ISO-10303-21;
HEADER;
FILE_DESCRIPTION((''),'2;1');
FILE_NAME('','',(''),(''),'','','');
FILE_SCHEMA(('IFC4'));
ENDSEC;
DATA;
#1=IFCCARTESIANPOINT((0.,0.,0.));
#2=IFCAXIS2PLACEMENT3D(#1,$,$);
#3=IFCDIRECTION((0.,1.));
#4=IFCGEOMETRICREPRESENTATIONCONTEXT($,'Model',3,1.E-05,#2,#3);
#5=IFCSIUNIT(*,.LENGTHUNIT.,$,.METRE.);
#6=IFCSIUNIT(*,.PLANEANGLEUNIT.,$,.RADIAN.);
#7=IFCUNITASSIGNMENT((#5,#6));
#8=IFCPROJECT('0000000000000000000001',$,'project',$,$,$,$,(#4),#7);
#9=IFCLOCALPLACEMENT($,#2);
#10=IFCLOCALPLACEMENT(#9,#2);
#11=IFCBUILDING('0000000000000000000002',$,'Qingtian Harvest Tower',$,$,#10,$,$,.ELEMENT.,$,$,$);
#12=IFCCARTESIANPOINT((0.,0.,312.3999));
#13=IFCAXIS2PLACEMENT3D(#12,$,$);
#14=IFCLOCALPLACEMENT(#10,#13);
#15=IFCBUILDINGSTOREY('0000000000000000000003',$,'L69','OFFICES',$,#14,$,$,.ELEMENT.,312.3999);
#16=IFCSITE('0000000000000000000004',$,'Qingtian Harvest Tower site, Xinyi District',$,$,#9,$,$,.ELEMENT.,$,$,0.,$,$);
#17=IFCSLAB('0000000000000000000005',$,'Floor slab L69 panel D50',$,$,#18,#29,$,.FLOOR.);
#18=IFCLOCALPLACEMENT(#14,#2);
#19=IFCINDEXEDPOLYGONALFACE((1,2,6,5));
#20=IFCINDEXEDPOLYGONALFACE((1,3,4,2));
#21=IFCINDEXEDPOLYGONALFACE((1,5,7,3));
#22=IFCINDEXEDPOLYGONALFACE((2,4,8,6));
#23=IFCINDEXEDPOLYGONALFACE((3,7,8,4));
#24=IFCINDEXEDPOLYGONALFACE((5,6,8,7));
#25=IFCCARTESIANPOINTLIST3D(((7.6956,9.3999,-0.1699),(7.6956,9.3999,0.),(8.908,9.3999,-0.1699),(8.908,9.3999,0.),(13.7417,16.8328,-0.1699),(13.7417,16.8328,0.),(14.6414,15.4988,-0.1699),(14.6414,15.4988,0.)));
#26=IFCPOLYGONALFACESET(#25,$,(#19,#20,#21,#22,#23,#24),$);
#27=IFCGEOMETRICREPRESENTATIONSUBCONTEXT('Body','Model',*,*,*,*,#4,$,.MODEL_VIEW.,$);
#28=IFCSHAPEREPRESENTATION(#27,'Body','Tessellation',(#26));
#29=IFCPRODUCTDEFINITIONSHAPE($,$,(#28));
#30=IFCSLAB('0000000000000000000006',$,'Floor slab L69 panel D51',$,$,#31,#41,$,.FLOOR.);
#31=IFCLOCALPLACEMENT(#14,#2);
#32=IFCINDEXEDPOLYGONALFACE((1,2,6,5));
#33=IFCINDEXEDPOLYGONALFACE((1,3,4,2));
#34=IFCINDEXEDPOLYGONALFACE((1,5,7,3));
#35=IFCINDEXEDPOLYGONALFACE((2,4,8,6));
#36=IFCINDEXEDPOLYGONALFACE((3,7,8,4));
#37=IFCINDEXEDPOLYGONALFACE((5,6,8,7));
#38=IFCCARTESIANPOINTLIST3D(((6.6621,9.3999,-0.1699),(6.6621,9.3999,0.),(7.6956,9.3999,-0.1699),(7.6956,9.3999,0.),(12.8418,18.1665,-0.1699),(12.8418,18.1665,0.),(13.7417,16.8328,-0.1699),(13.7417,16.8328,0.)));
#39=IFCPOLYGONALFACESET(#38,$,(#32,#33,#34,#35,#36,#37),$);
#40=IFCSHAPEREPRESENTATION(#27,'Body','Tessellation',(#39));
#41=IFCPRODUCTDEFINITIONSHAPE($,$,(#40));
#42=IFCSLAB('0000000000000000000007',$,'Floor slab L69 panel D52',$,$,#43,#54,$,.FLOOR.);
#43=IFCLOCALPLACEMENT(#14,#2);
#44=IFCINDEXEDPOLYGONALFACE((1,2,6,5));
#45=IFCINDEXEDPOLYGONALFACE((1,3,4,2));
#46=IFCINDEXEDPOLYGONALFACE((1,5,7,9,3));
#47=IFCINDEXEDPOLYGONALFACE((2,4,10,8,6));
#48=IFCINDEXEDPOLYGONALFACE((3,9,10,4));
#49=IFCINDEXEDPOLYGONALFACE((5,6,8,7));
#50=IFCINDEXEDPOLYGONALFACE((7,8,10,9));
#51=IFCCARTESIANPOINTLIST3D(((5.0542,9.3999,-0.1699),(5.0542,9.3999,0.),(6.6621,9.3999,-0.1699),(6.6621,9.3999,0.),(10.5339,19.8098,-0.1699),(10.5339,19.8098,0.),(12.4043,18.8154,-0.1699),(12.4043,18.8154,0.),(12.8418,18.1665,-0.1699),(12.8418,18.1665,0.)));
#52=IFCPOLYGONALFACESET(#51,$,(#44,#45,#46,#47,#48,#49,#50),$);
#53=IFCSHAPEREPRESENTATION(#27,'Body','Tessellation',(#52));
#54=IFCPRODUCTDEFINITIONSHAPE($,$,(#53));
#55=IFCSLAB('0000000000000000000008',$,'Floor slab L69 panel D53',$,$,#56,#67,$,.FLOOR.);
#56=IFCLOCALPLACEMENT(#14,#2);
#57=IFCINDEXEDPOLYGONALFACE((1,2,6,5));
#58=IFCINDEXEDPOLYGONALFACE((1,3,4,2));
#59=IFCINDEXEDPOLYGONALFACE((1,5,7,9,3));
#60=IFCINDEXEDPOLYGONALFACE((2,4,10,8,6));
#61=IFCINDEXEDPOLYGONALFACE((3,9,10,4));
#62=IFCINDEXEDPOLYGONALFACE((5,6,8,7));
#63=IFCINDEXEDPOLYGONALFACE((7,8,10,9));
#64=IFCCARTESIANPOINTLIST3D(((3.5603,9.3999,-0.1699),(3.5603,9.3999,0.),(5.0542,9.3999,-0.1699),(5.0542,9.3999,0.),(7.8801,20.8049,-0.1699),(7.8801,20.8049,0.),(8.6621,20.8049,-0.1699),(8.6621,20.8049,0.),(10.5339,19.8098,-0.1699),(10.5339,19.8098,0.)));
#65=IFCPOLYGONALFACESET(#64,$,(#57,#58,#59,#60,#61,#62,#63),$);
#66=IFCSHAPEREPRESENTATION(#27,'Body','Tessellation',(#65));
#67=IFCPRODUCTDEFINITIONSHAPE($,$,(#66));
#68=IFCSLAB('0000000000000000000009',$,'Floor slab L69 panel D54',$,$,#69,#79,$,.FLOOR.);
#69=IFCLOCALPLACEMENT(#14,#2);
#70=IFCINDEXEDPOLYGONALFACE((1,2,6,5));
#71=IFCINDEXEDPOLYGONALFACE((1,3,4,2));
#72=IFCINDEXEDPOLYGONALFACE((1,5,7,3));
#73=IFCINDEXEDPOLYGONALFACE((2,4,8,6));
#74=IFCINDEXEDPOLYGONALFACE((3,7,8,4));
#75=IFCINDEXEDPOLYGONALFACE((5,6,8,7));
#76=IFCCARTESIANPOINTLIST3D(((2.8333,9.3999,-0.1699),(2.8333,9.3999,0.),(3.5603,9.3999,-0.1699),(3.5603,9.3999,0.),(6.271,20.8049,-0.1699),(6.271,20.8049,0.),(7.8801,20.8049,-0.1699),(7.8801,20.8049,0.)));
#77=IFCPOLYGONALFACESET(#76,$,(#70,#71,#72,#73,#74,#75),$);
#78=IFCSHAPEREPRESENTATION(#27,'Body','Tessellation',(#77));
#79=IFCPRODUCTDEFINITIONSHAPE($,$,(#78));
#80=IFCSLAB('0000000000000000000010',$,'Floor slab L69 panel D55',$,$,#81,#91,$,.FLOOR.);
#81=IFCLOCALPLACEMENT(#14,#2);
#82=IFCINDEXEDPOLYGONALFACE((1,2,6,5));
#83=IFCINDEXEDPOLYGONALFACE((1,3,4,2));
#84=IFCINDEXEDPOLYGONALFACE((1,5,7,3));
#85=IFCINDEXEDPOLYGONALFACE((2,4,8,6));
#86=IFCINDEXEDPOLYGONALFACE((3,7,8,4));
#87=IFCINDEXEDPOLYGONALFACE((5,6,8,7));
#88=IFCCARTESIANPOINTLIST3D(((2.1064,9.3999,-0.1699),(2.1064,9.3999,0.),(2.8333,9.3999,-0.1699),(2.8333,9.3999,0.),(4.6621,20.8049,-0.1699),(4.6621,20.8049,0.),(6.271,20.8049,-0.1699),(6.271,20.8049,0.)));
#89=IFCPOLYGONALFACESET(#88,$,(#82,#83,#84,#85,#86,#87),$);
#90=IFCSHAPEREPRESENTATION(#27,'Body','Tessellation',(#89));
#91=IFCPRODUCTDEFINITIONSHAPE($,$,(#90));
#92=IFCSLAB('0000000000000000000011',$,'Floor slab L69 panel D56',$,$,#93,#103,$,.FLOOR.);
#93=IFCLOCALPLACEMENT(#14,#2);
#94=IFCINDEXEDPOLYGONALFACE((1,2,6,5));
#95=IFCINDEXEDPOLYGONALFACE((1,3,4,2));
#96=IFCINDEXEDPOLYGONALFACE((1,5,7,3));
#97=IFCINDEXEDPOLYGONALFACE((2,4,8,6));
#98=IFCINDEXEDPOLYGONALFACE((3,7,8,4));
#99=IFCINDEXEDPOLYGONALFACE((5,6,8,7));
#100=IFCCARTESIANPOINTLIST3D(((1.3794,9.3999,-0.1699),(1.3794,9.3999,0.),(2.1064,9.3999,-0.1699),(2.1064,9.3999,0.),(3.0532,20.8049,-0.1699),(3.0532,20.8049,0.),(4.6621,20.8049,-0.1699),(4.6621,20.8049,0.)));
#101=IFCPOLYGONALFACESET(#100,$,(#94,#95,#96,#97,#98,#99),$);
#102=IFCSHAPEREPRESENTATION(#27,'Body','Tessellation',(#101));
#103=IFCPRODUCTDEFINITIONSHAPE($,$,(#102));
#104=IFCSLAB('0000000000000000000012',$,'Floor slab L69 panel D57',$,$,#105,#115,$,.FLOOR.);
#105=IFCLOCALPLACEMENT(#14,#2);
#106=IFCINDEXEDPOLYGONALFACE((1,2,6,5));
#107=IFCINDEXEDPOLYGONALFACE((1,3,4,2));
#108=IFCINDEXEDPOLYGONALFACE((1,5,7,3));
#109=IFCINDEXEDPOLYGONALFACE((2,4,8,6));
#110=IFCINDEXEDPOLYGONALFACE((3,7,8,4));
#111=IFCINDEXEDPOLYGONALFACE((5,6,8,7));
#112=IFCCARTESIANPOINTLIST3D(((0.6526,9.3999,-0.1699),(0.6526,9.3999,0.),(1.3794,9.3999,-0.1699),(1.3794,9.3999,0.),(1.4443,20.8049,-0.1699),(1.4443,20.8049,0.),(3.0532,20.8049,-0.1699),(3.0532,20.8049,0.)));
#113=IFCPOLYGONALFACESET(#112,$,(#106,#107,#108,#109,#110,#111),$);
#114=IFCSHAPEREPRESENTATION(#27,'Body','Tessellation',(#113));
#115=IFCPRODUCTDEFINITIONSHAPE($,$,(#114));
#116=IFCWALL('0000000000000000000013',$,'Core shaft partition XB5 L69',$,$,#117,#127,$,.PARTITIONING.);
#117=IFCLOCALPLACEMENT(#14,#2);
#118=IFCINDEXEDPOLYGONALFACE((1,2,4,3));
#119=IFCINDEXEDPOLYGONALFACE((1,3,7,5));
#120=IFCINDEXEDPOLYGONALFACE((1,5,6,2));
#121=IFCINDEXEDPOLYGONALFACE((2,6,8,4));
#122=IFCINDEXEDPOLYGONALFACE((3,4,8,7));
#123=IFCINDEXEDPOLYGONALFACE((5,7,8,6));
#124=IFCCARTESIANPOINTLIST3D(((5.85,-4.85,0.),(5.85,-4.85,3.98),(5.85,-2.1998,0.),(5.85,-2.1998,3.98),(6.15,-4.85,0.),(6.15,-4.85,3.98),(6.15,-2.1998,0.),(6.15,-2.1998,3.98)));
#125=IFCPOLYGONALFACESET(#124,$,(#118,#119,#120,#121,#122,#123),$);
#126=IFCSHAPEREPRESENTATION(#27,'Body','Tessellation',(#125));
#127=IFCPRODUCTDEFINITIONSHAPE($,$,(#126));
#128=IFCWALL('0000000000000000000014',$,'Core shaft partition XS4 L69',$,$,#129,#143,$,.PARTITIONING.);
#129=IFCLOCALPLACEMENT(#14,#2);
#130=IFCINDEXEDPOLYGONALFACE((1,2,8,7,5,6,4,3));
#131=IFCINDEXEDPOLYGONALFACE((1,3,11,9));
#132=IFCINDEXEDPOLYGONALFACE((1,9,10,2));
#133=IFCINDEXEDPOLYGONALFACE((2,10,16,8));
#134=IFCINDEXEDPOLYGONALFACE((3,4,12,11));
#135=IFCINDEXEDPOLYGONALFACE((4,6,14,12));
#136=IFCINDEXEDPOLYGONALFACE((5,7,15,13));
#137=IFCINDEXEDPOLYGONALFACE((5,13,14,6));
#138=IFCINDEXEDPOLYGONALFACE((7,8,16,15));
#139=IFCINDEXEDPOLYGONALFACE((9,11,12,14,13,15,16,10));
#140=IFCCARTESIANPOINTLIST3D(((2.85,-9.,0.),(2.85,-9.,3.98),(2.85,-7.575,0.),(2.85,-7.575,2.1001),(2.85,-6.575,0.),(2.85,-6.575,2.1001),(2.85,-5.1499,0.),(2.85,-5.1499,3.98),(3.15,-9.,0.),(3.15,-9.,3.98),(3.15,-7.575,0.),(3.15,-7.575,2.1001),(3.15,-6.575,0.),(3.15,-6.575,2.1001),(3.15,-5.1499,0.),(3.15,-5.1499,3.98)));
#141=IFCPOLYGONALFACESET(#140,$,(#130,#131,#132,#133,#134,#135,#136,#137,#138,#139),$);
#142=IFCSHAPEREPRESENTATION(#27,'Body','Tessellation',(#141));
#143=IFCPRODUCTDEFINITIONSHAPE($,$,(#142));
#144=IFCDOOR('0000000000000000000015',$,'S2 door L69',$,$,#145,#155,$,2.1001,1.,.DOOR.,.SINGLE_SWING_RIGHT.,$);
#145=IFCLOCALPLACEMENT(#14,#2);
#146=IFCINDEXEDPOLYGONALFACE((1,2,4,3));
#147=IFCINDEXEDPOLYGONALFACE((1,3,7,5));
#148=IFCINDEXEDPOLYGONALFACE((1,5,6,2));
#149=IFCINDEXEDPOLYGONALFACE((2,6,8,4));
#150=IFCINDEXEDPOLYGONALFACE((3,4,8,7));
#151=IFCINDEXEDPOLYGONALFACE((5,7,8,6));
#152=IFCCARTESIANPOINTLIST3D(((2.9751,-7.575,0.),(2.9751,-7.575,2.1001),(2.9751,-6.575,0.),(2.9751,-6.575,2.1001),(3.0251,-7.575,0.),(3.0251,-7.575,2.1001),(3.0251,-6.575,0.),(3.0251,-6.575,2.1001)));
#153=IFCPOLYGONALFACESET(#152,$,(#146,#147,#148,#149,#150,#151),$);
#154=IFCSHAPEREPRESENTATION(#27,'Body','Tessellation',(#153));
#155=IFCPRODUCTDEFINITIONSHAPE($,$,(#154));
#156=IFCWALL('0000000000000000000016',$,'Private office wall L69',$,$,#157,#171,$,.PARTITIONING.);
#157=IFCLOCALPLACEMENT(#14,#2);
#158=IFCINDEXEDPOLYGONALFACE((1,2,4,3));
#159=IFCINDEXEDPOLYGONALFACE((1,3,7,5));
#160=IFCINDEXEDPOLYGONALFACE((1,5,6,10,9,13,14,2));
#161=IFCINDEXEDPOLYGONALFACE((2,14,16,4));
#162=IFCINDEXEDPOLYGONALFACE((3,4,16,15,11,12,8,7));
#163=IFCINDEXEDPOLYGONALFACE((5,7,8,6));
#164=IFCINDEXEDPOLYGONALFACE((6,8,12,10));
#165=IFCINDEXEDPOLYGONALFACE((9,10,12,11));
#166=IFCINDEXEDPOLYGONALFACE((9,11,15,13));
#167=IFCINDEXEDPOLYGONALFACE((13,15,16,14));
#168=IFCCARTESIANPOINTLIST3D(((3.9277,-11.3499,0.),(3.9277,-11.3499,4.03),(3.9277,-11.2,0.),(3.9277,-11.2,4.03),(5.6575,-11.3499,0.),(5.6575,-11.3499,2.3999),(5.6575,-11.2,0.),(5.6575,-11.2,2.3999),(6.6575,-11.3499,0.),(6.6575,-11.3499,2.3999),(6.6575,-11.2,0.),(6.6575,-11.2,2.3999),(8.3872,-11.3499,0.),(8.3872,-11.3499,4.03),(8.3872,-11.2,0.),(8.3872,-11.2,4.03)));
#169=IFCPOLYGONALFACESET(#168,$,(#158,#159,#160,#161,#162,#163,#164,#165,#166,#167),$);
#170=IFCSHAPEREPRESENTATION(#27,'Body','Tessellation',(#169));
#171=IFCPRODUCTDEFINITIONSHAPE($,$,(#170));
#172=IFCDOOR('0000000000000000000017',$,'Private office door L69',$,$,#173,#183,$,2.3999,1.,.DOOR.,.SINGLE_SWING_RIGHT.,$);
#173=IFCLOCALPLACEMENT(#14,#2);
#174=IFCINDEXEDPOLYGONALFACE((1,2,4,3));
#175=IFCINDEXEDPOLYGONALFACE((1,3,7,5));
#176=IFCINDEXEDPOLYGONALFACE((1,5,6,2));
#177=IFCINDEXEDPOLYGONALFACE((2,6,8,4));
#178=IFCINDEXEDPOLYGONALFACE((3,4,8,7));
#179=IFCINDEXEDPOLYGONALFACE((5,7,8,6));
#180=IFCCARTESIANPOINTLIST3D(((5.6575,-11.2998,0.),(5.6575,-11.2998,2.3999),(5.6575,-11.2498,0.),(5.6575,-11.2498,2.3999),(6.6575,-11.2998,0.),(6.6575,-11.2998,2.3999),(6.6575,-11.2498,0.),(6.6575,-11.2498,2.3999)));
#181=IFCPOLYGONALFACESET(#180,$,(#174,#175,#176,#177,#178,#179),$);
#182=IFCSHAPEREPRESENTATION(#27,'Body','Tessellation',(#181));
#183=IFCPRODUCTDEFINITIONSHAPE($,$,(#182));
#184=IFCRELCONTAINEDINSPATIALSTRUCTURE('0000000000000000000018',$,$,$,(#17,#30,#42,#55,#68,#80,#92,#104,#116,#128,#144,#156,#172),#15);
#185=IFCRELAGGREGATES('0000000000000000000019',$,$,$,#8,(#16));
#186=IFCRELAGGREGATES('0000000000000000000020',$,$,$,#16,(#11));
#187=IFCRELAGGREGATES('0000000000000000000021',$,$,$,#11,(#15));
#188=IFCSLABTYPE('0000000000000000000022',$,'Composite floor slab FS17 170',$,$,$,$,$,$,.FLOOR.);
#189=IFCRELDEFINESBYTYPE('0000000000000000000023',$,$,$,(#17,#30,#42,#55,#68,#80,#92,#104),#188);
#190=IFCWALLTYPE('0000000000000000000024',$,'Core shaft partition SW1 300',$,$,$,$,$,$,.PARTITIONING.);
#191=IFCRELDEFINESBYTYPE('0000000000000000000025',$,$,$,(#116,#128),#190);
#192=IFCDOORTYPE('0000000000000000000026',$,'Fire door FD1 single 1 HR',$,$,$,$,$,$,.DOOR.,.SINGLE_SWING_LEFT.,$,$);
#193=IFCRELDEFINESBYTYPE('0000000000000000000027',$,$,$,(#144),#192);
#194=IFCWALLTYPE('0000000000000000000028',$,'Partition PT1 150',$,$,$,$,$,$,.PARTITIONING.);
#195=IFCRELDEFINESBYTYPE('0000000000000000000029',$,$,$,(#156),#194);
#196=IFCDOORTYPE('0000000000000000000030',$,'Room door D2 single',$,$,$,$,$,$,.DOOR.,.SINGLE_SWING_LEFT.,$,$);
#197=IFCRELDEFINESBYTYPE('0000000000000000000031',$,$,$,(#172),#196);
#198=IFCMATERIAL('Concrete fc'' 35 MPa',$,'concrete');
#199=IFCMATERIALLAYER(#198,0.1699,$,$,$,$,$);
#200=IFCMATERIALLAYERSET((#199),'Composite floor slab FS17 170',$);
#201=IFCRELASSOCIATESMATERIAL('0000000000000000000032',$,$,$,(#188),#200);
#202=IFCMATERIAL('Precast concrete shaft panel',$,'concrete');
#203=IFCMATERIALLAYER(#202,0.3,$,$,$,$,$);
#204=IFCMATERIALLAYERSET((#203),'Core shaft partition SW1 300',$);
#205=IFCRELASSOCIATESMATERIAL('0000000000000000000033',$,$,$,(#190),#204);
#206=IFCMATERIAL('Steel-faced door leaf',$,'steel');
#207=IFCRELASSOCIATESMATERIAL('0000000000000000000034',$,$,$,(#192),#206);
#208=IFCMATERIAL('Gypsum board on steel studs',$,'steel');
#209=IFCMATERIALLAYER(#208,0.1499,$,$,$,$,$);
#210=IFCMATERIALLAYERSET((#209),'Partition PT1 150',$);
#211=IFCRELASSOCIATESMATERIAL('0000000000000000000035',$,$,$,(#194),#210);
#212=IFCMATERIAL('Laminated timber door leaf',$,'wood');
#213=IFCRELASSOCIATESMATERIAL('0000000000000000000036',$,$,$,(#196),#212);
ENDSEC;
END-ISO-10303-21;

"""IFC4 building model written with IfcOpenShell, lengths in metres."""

from ifc_helpers import new_model, si_unit, direction, frame, frame_2d, origin, place, context, subcontext, project, spatial, polyline, rectangle, outline, extrude, material, layer, layer_set, type_object, element, fill, save


model = new_model("IFC4")

# Units and contexts
model_context = context("Model", 3, precision=1e-05, world=origin(), true_north=direction((0.0, 1.0)))
body_context = subcontext(model_context, "Body", "Model", "MODEL_VIEW")
ifc_project = project(units=[si_unit("LENGTHUNIT", "METRE"), si_unit("PLANEANGLEUNIT", "RADIAN")], contexts=[model_context])

# Site, building, storey
site_placement = place(None, origin())
site = spatial("IfcSite", under=ifc_project, at=site_placement, Name="Qingtian Harvest Tower site, Xinyi District", CompositionType="ELEMENT", RefElevation=0.0)
building_placement = place(site_placement, origin())
building = spatial("IfcBuilding", under=site, at=building_placement, Name="Qingtian Harvest Tower", CompositionType="ELEMENT")
storey_placement = place(building_placement, frame((0.0, 0.0, 312.3999)))
storey = spatial("IfcBuildingStorey", under=building, at=storey_placement, Name="L69", Description="OFFICES", CompositionType="ELEMENT", Elevation=312.3999)

# Slabs
ifc_material_1 = material(Name="Concrete fc' 35 MPa", Category="concrete")
ifc_layer_1 = layer(ifc_material_1, 0.1699)
ifc_layer_set_1 = layer_set([ifc_layer_1], Name="Composite floor slab FS17 170")
slab_type = type_object("IfcSlabType", Name="Composite floor slab FS17 170", PredefinedType="FLOOR", material=ifc_layer_set_1)
slab_1_placement = place(storey_placement, frame((0.0, 0.0, -0.1699)))
element("IfcSlab", 1, at=slab_1_placement, inside=storey, type_object=slab_type, Name="Floor slab L69 panel D50", PredefinedType="FLOOR", context=body_context, shape_type="SweptSolid", body=[
    extrude(outline(polyline([(7.6956, 9.3999), (13.7417, 16.8328), (14.6414, 15.4988), (8.908, 9.3999), (7.6956, 9.3999)])), origin(), (0.0, 0.0, 1.0), 0.1699),
])
slab_2_placement = place(storey_placement, frame((0.0, 0.0, -0.1699)))
element("IfcSlab", 2, at=slab_2_placement, inside=storey, type_object=slab_type, Name="Floor slab L69 panel D51", PredefinedType="FLOOR", context=body_context, shape_type="SweptSolid", body=[
    extrude(outline(polyline([(6.6621, 9.3999), (12.8418, 18.1665), (13.7417, 16.8328), (7.6956, 9.3999), (6.6621, 9.3999)])), origin(), (0.0, 0.0, 1.0), 0.1699),
])
slab_3_placement = place(storey_placement, frame((0.0, 0.0, -0.1699)))
element("IfcSlab", 3, at=slab_3_placement, inside=storey, type_object=slab_type, Name="Floor slab L69 panel D52", PredefinedType="FLOOR", context=body_context, shape_type="SweptSolid", body=[
    extrude(outline(polyline([(6.6621, 9.3999), (5.0542, 9.3999), (10.5339, 19.8098), (12.4043, 18.8154), (12.8418, 18.1665), (6.6621, 9.3999)])), origin(), (0.0, 0.0, 1.0), 0.1699),
])
slab_4_placement = place(storey_placement, frame((0.0, 0.0, -0.1699)))
element("IfcSlab", 4, at=slab_4_placement, inside=storey, type_object=slab_type, Name="Floor slab L69 panel D53", PredefinedType="FLOOR", context=body_context, shape_type="SweptSolid", body=[
    extrude(outline(polyline([(3.5603, 9.3999), (7.8801, 20.8049), (8.6621, 20.8049), (10.5339, 19.8098), (5.0542, 9.3999), (3.5603, 9.3999)])), origin(), (0.0, 0.0, 1.0), 0.1699),
])
slab_5_placement = place(storey_placement, frame((0.0, 0.0, -0.1699)))
element("IfcSlab", 5, at=slab_5_placement, inside=storey, type_object=slab_type, Name="Floor slab L69 panel D54", PredefinedType="FLOOR", context=body_context, shape_type="SweptSolid", body=[
    extrude(outline(polyline([(2.8333, 9.3999), (6.271, 20.8049), (7.8801, 20.8049), (3.5603, 9.3999), (2.8333, 9.3999)])), origin(), (0.0, 0.0, 1.0), 0.1699),
])
slab_6_placement = place(storey_placement, frame((0.0, 0.0, -0.1699)))
element("IfcSlab", 6, at=slab_6_placement, inside=storey, type_object=slab_type, Name="Floor slab L69 panel D55", PredefinedType="FLOOR", context=body_context, shape_type="SweptSolid", body=[
    extrude(outline(polyline([(2.1064, 9.3999), (4.6621, 20.8049), (6.271, 20.8049), (2.8333, 9.3999), (2.1064, 9.3999)])), origin(), (0.0, 0.0, 1.0), 0.1699),
])
slab_7_placement = place(storey_placement, frame((0.0, 0.0, -0.1699)))
element("IfcSlab", 7, at=slab_7_placement, inside=storey, type_object=slab_type, Name="Floor slab L69 panel D56", PredefinedType="FLOOR", context=body_context, shape_type="SweptSolid", body=[
    extrude(outline(polyline([(1.3794, 9.3999), (3.0532, 20.8049), (4.6621, 20.8049), (2.1064, 9.3999), (1.3794, 9.3999)])), origin(), (0.0, 0.0, 1.0), 0.1699),
])
slab_8_placement = place(storey_placement, frame((0.0, 0.0, -0.1699)))
element("IfcSlab", 8, at=slab_8_placement, inside=storey, type_object=slab_type, Name="Floor slab L69 panel D57", PredefinedType="FLOOR", context=body_context, shape_type="SweptSolid", body=[
    extrude(outline(polyline([(0.6526, 9.3999), (1.4443, 20.8049), (3.0532, 20.8049), (1.3794, 9.3999), (0.6526, 9.3999)])), origin(), (0.0, 0.0, 1.0), 0.1699),
])

# Wall
ifc_material_2 = material(Name="Precast concrete shaft panel", Category="concrete")
ifc_layer_2 = layer(ifc_material_2, 0.3)
ifc_layer_set_2 = layer_set([ifc_layer_2], Name="Core shaft partition SW1 300")
wall_type_1 = type_object("IfcWallType", Name="Core shaft partition SW1 300", PredefinedType="PARTITIONING", material=ifc_layer_set_2)
wall_1_placement = place(storey_placement, frame((6.0, -4.8501, 0.0), z_axis=(0.0, 0.0, 1.0), x_axis=(0.0, 1.0, 0.0)))
element("IfcWall", 9, at=wall_1_placement, inside=storey, type_object=wall_type_1, Name="Core shaft partition XB5 L69", PredefinedType="PARTITIONING", context=body_context, shape_type="SweptSolid", body=[
    extrude(rectangle(XDim=2.6501, YDim=0.3, at=frame_2d((1.3252, 0.0))), origin(), (0.0, 0.0, 1.0), 3.98),
])

# Walls, openings, doors
wall_2_placement = place(storey_placement, frame((3.0, -9.0, 0.0), z_axis=(0.0, 0.0, 1.0), x_axis=(0.0, 1.0, 0.0)))
wall_2 = element("IfcWall", 10, at=wall_2_placement, inside=storey, type_object=wall_type_1, Name="Core shaft partition XS4 L69", PredefinedType="PARTITIONING", context=body_context, shape_type="SweptSolid", body=[
    extrude(rectangle(XDim=3.8501, YDim=0.3, at=frame_2d((1.925, 0.0))), origin(), (0.0, 0.0, 1.0), 3.98),
])
opening_1_placement = place(wall_2_placement, frame((1.425, 0.0, 0.0)))
opening_1 = element("IfcOpeningElement", 11, at=opening_1_placement, cuts=wall_2, PredefinedType="OPENING", context=body_context, shape_type="SweptSolid", body=[
    extrude(rectangle(XDim=1.0, YDim=2.1001, at=frame_2d((0.5, 1.05))), frame((0.0, 0.1599, 0.0), z_axis=(0.0, -1.0, 0.0), x_axis=(1.0, 0.0, 0.0)), (0.0, 0.0, 1.0), 0.3201),
])
ifc_material_3 = material(Name="Steel-faced door leaf", Category="steel")
door_type_1 = type_object("IfcDoorType", Name="Fire door FD1 single 1 HR", OperationType="SINGLE_SWING_LEFT", PredefinedType="DOOR", material=ifc_material_3)
door_1_placement = place(opening_1_placement, origin())
door_1 = element("IfcDoor", 12, at=door_1_placement, inside=storey, type_object=door_type_1, Name="S2 door L69", OperationType="SINGLE_SWING_RIGHT", OverallHeight=2.1001, OverallWidth=1.0, PredefinedType="DOOR", context=body_context, shape_type="SweptSolid", body=[
    extrude(rectangle(XDim=1.0, YDim=2.1001, at=frame_2d((0.5, 1.05))), frame((0.0, 0.0249, 0.0), z_axis=(0.0, -1.0, 0.0), x_axis=(1.0, 0.0, 0.0)), (0.0, 0.0, 1.0), 0.05),
])
fill(opening_1, door_1)
ifc_material_4 = material(Name="Gypsum board on steel studs", Category="steel")
ifc_layer_3 = layer(ifc_material_4, 0.1499)
ifc_layer_set_3 = layer_set([ifc_layer_3], Name="Partition PT1 150")
wall_type_2 = type_object("IfcWallType", Name="Partition PT1 150", PredefinedType="PARTITIONING", material=ifc_layer_set_3)
wall_3_placement = place(storey_placement, frame((8.3872, -11.2749, 0.0), z_axis=(0.0, 0.0, 1.0), x_axis=(-1.0, 0.0, 0.0)))
wall_3 = element("IfcWall", 13, at=wall_3_placement, inside=storey, type_object=wall_type_2, Name="Private office wall L69", PredefinedType="PARTITIONING", context=body_context, shape_type="SweptSolid", body=[
    extrude(rectangle(XDim=4.4595, YDim=0.1499, at=frame_2d((2.2297, 0.0))), origin(), (0.0, 0.0, 1.0), 4.03),
])
opening_2_placement = place(wall_3_placement, frame((1.7297, 0.0, 0.0)))
opening_2 = element("IfcOpeningElement", 14, at=opening_2_placement, cuts=wall_3, PredefinedType="OPENING", context=body_context, shape_type="SweptSolid", body=[
    extrude(rectangle(XDim=1.0, YDim=2.3999, at=frame_2d((0.5, 1.2))), frame((0.0, 0.085, 0.0), z_axis=(0.0, -1.0, 0.0), x_axis=(1.0, 0.0, 0.0)), (0.0, 0.0, 1.0), 0.1699),
])
ifc_material_5 = material(Name="Laminated timber door leaf", Category="wood")
door_type_2 = type_object("IfcDoorType", Name="Room door D2 single", OperationType="SINGLE_SWING_LEFT", PredefinedType="DOOR", material=ifc_material_5)
door_2_placement = place(opening_2_placement, origin())
door_2 = element("IfcDoor", 15, at=door_2_placement, inside=storey, type_object=door_type_2, Name="Private office door L69", OperationType="SINGLE_SWING_RIGHT", OverallHeight=2.3999, OverallWidth=1.0, PredefinedType="DOOR", context=body_context, shape_type="SweptSolid", body=[
    extrude(rectangle(XDim=1.0, YDim=2.3999, at=frame_2d((0.5, 1.2))), frame((0.0, 0.0249, 0.0), z_axis=(0.0, -1.0, 0.0), x_axis=(1.0, 0.0, 0.0)), (0.0, 0.0, 1.0), 0.05),
])
fill(opening_2, door_2)

save(model, "model.ifc")
